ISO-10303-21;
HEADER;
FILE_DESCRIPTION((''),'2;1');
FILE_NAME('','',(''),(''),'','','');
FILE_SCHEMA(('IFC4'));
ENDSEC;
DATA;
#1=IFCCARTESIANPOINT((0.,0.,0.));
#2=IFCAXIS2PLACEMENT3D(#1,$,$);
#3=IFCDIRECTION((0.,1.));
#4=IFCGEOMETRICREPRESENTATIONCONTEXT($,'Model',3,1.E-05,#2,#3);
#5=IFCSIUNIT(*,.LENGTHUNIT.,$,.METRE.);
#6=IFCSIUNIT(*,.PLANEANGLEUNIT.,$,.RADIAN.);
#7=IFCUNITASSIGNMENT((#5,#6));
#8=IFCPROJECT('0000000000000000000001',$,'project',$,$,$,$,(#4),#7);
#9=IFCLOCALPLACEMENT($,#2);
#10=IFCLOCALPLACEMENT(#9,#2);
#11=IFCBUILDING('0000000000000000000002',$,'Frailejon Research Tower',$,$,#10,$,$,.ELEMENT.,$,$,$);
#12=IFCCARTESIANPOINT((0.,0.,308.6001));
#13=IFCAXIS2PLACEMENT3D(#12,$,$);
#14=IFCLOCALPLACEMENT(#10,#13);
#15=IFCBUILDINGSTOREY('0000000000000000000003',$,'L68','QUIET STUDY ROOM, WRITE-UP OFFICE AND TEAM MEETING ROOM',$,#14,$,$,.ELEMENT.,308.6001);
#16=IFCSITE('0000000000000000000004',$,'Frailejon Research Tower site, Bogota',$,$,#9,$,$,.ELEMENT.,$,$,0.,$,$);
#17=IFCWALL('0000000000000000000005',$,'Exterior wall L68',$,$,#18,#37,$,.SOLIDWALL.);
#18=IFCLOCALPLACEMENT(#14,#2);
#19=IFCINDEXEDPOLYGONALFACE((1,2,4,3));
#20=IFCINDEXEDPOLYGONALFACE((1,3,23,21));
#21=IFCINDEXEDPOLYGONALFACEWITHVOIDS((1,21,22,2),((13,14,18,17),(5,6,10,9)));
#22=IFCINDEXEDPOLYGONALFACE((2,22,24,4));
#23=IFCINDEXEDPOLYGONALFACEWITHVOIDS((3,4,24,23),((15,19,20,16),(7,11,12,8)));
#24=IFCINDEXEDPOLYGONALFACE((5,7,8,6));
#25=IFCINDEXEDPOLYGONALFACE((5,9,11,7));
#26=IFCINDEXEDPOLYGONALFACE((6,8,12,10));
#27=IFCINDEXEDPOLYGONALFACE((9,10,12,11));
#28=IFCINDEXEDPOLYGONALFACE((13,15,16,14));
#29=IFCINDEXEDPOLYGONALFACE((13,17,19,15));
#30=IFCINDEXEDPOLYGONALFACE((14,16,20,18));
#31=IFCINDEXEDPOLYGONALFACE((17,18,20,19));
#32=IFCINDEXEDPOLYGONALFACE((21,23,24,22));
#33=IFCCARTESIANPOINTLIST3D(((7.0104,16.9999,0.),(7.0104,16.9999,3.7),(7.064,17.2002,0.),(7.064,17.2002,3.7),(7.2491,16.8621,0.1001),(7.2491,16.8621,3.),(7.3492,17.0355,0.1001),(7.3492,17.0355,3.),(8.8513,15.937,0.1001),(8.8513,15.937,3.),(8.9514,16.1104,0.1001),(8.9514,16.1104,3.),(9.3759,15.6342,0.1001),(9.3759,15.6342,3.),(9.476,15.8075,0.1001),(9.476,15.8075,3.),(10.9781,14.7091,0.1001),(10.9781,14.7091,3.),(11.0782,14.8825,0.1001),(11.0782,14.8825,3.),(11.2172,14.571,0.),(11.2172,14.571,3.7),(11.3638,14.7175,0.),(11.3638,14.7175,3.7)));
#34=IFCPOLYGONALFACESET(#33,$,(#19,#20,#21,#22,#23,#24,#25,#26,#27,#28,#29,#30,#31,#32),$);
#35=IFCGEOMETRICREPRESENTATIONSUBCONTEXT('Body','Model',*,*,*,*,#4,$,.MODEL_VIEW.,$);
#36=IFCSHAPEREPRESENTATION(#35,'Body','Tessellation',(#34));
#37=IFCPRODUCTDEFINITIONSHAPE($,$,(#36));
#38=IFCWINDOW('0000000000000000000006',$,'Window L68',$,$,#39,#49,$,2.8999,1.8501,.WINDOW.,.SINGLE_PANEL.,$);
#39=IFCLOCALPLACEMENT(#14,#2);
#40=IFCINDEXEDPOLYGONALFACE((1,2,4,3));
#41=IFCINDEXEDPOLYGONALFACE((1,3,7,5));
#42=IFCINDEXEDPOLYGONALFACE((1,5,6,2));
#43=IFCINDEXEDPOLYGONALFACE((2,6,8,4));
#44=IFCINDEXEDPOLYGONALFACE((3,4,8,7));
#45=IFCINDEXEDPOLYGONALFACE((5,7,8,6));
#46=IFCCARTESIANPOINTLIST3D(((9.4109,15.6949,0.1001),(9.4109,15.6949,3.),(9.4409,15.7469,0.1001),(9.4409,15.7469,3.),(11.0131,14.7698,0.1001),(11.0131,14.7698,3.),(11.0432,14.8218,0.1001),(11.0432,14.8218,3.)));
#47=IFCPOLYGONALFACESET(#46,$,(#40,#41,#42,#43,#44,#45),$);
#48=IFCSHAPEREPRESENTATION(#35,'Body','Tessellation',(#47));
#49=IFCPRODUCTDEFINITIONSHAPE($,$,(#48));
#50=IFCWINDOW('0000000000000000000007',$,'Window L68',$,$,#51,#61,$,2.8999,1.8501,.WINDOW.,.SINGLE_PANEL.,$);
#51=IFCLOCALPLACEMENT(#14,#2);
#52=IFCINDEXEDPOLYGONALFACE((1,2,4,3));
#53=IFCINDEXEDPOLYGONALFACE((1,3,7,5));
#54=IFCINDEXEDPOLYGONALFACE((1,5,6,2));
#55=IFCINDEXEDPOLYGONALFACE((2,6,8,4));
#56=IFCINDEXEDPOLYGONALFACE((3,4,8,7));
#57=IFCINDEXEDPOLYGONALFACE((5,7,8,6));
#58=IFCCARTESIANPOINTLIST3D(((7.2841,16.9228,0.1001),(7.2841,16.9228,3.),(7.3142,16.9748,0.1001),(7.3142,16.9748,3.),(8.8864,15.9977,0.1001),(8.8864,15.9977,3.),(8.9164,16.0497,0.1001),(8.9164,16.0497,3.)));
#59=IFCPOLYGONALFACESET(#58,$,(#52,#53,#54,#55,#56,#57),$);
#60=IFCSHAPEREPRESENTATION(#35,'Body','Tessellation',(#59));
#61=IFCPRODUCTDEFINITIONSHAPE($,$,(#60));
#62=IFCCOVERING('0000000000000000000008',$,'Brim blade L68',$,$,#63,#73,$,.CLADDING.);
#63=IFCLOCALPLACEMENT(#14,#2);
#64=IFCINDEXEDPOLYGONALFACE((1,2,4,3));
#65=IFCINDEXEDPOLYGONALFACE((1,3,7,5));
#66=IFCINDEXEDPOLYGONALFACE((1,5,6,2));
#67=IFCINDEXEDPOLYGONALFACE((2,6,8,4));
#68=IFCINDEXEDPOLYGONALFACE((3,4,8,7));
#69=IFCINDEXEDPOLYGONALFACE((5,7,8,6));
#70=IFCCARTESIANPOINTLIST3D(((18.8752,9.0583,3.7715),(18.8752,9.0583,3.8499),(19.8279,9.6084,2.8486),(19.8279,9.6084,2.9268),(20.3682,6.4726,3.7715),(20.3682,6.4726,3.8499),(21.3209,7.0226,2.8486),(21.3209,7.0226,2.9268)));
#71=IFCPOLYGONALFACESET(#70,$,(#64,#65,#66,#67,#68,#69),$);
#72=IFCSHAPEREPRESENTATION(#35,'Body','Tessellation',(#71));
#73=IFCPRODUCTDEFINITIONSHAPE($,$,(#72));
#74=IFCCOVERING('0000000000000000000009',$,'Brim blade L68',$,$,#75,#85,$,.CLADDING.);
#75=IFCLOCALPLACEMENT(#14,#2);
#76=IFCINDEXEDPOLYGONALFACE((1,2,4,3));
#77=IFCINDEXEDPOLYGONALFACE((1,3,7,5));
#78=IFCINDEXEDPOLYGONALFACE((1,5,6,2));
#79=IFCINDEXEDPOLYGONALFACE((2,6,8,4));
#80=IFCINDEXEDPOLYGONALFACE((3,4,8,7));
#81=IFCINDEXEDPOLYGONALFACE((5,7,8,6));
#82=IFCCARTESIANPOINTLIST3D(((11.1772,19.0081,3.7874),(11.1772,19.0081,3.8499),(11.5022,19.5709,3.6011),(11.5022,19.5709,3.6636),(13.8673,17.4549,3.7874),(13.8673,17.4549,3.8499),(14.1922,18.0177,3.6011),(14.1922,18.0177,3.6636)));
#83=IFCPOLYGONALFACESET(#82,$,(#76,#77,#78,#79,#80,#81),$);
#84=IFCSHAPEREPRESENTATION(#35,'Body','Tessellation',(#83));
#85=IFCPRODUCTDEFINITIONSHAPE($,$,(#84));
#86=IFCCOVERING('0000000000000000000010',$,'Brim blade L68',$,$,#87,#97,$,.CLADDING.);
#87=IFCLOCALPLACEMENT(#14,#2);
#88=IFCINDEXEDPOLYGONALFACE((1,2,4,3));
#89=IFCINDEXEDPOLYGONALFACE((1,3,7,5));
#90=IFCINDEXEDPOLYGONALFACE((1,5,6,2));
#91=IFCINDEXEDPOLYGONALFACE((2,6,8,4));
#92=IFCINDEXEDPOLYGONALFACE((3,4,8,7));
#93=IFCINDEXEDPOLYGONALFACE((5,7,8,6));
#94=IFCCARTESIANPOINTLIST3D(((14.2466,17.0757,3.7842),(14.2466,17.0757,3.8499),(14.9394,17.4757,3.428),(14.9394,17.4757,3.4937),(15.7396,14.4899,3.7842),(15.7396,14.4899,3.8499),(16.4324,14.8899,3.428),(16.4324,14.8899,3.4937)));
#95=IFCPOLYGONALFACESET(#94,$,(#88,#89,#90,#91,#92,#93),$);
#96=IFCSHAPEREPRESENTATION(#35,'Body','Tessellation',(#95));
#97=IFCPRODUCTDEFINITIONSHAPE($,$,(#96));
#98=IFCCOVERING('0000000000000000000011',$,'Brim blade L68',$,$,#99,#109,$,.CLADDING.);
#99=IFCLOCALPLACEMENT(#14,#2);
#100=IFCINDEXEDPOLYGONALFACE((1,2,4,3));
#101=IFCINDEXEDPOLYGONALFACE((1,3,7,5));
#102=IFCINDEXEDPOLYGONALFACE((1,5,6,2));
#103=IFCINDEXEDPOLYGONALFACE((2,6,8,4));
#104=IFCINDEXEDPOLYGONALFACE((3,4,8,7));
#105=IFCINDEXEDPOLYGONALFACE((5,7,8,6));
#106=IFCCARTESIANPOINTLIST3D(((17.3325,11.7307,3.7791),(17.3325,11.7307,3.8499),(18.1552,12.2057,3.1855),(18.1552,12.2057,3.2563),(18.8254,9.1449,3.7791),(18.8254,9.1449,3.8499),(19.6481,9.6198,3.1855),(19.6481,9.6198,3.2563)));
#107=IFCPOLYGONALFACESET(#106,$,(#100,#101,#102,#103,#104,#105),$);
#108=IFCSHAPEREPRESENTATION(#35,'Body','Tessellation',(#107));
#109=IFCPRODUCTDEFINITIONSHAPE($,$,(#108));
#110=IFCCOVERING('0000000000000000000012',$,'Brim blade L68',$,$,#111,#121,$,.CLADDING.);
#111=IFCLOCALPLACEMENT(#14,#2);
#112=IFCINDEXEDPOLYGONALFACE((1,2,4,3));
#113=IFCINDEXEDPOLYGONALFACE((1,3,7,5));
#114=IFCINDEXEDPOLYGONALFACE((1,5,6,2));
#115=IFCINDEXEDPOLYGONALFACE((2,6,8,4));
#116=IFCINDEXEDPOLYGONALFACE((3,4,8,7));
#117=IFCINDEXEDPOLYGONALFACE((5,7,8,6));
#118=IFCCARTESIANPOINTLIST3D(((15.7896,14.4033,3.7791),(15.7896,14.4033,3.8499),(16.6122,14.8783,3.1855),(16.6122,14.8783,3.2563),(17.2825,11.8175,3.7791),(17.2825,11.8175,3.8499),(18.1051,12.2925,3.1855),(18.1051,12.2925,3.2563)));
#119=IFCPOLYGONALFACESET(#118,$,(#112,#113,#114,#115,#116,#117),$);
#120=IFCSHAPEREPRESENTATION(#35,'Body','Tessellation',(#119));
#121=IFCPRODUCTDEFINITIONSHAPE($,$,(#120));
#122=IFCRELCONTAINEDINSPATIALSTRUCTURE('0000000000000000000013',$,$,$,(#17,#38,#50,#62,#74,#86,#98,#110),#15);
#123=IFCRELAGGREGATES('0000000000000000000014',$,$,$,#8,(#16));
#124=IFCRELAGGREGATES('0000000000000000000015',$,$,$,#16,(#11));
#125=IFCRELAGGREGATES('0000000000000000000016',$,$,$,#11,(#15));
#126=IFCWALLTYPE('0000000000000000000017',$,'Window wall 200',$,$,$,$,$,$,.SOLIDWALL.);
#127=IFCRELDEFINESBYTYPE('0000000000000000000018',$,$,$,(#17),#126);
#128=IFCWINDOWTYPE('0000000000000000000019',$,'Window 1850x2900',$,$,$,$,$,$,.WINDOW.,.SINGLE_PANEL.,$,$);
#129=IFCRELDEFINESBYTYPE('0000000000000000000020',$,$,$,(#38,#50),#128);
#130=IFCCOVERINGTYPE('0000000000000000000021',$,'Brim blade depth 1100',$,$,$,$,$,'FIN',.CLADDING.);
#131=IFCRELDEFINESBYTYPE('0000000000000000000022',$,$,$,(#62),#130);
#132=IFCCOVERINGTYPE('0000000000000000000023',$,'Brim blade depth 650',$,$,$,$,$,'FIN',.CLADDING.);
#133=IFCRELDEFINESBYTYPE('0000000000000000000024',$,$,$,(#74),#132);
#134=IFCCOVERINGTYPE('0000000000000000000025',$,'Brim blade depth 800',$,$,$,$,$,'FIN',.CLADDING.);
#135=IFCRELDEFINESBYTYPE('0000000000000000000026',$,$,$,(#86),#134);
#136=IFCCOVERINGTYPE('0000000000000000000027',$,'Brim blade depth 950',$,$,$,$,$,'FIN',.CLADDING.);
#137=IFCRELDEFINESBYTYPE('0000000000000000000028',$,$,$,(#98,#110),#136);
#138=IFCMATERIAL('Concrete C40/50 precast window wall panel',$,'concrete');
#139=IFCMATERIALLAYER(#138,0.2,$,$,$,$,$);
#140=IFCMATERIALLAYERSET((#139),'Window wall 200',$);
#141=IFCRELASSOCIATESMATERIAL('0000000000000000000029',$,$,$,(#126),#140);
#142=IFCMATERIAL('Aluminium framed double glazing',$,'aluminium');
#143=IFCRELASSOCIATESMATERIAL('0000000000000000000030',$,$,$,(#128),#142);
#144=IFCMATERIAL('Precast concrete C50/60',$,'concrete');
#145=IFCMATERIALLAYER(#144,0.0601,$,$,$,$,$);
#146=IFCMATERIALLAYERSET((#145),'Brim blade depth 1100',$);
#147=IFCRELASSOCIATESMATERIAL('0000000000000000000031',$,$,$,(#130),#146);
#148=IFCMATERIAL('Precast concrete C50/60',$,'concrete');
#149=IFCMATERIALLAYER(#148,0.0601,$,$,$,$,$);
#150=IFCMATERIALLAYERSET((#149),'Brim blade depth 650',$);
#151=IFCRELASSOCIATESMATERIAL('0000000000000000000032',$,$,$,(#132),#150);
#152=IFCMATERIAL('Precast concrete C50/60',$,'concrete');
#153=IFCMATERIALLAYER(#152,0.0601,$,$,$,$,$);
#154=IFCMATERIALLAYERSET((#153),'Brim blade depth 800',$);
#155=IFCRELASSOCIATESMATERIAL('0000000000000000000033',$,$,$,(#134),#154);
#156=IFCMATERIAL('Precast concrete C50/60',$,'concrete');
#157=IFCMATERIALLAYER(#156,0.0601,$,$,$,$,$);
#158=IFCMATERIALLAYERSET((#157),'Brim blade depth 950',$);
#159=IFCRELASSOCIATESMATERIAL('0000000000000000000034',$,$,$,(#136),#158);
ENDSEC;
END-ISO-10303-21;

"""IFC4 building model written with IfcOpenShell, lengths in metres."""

from ifc_helpers import new_model, si_unit, direction, frame, frame_2d, origin, place, context, subcontext, project, spatial, polyline, rectangle, outline, extrude, material, layer, layer_set, type_object, element, fill, save


model = new_model("IFC4")

# Units and contexts
model_context = context("Model", 3, precision=1e-05, world=origin(), true_north=direction((0.0, 1.0)))
body_context = subcontext(model_context, "Body", "Model", "MODEL_VIEW")
ifc_project = project(units=[si_unit("LENGTHUNIT", "METRE"), si_unit("PLANEANGLEUNIT", "RADIAN")], contexts=[model_context])

# Site, building, storey
site_placement = place(None, origin())
site = spatial("IfcSite", under=ifc_project, at=site_placement, Name="Frailejon Research Tower site, Bogota", CompositionType="ELEMENT", RefElevation=0.0)
building_placement = place(site_placement, origin())
building = spatial("IfcBuilding", under=site, at=building_placement, Name="Frailejon Research Tower", CompositionType="ELEMENT")
storey_placement = place(building_placement, frame((0.0, 0.0, 308.6001)))
storey = spatial("IfcBuildingStorey", under=building, at=storey_placement, Name="L68", Description="QUIET STUDY ROOM, WRITE-UP OFFICE AND TEAM MEETING ROOM", CompositionType="ELEMENT", Elevation=308.6001)

# Wall, openings, windows
ifc_material_1 = material(Name="Concrete C40/50 precast window wall panel", Category="concrete")
ifc_layer_1 = layer(ifc_material_1, 0.2)
ifc_layer_set_1 = layer_set([ifc_layer_1], Name="Window wall 200")
wall_type = type_object("IfcWallType", Name="Window wall 200", PredefinedType="SOLIDWALL", material=ifc_layer_set_1)
wall_placement = place(storey_placement, frame((11.2905, 14.6443, 0.0), z_axis=(0.0, 0.0, 1.0), x_axis=(-0.866017, 0.500015, 0.0)))
wall = element("IfcWall", 1, at=wall_placement, inside=storey, type_object=wall_type, Name="Exterior wall L68", PredefinedType="SOLIDWALL", context=body_context, shape_type="SweptSolid", body=[
    extrude(outline(polyline([(-0.0269, -0.1001), (1.2144, -0.1001), (2.4556, -0.1001), (3.697, -0.1001), (4.9382, -0.1001), (4.8845, 0.1001), (3.6702, 0.1001), (2.4556, 0.1001), (1.2412, 0.1001), (0.0269, 0.1001), (-0.0269, -0.1001)])), origin(), (0.0, 0.0, 1.0), 3.7),
])
opening_1_placement = place(wall_placement, frame((0.303, 0.0, 0.1001)))
opening_1 = element("IfcOpeningElement", 2, at=opening_1_placement, cuts=wall, PredefinedType="OPENING", context=body_context, shape_type="SweptSolid", body=[
    extrude(rectangle(XDim=1.8501, YDim=2.8999, at=frame_2d((0.925, 1.45))), frame((0.0, 0.1099, 0.0), z_axis=(0.0, -1.0, 0.0), x_axis=(1.0, 0.0, 0.0)), (0.0, 0.0, 1.0), 0.22),
])
opening_2_placement = place(wall_placement, frame((2.7588, 0.0, 0.1001)))
opening_2 = element("IfcOpeningElement", 3, at=opening_2_placement, cuts=wall, PredefinedType="OPENING", context=body_context, shape_type="SweptSolid", body=[
    extrude(rectangle(XDim=1.8501, YDim=2.8999, at=frame_2d((0.925, 1.45))), frame((0.0, 0.1099, 0.0), z_axis=(0.0, -1.0, 0.0), x_axis=(1.0, 0.0, 0.0)), (0.0, 0.0, 1.0), 0.22),
])
ifc_material_2 = material(Name="Aluminium framed double glazing", Category="aluminium")
window_type = type_object("IfcWindowType", Name="Window 1850x2900", PartitioningType="SINGLE_PANEL", PredefinedType="WINDOW", material=ifc_material_2)
window_1_placement = place(opening_1_placement, origin())
window_1 = element("IfcWindow", 4, at=window_1_placement, inside=storey, type_object=window_type, Name="Window L68", OverallHeight=2.8999, OverallWidth=1.8501, PartitioningType="SINGLE_PANEL", PredefinedType="WINDOW", context=body_context, shape_type="SweptSolid", body=[
    extrude(rectangle(XDim=1.8501, YDim=2.8999, at=frame_2d((0.925, 1.45))), frame((0.0, 0.03, 0.0), z_axis=(0.0, -1.0, 0.0), x_axis=(1.0, 0.0, 0.0)), (0.0, 0.0, 1.0), 0.0601),
])
fill(opening_1, window_1)
window_2_placement = place(opening_2_placement, origin())
window_2 = element("IfcWindow", 5, at=window_2_placement, inside=storey, type_object=window_type, Name="Window L68", OverallHeight=2.8999, OverallWidth=1.8501, PartitioningType="SINGLE_PANEL", PredefinedType="WINDOW", context=body_context, shape_type="SweptSolid", body=[
    extrude(rectangle(XDim=1.8501, YDim=2.8999, at=frame_2d((0.925, 1.45))), frame((0.0, 0.03, 0.0), z_axis=(0.0, -1.0, 0.0), x_axis=(1.0, 0.0, 0.0)), (0.0, 0.0, 1.0), 0.0601),
])
fill(opening_2, window_2)

# Coverings
ifc_material_3 = material(Name="Precast concrete C50/60", Category="concrete")
ifc_layer_2 = layer(ifc_material_3, 0.0601)
ifc_layer_set_2 = layer_set([ifc_layer_2], Name="Brim blade depth 1100")
covering_type_1 = type_object("IfcCoveringType", Name="Brim blade depth 1100", ElementType="FIN", PredefinedType="CLADDING", material=ifc_layer_set_2)
covering_1_placement = place(storey_placement, frame((18.8752, 9.0583, 3.8499), z_axis=(0.500022, -0.866013, 0.0), x_axis=(0.866013, 0.500022, 0.0)))
element("IfcCovering", 6, at=covering_1_placement, inside=storey, type_object=covering_type_1, Name="Brim blade L68", PredefinedType="CLADDING", context=body_context, shape_type="SweptSolid", body=[
    extrude(outline(polyline([(0.0, -0.0784), (1.1001, -1.0012), (1.1001, -0.9231), (0.0, 0.0), (0.0, -0.0784)])), origin(), (0.0, 0.0, 1.0), 2.9858),
])
ifc_material_4 = material(Name="Precast concrete C50/60", Category="concrete")
ifc_layer_3 = layer(ifc_material_4, 0.0601)
ifc_layer_set_3 = layer_set([ifc_layer_3], Name="Brim blade depth 650")
covering_type_2 = type_object("IfcCoveringType", Name="Brim blade depth 650", ElementType="FIN", PredefinedType="CLADDING", material=ifc_layer_set_3)
covering_2_placement = place(storey_placement, frame((11.1772, 19.0081, 3.8499), z_axis=(0.866014, -0.50002, 0.0), x_axis=(0.50002, 0.866014, 0.0)))
element("IfcCovering", 7, at=covering_2_placement, inside=storey, type_object=covering_type_2, Name="Brim blade L68", PredefinedType="CLADDING", context=body_context, shape_type="SweptSolid", body=[
    extrude(outline(polyline([(0.0, -0.0625), (0.6499, -0.2488), (0.6499, -0.1863), (0.0, 0.0), (0.0, -0.0625)])), origin(), (0.0, 0.0, 1.0), 3.1062),
])
ifc_material_5 = material(Name="Precast concrete C50/60", Category="concrete")
ifc_layer_4 = layer(ifc_material_5, 0.0601)
ifc_layer_set_4 = layer_set([ifc_layer_4], Name="Brim blade depth 800")
covering_type_3 = type_object("IfcCoveringType", Name="Brim blade depth 800", ElementType="FIN", PredefinedType="CLADDING", material=ifc_layer_set_4)
covering_3_placement = place(storey_placement, frame((14.2466, 17.0757, 3.8499), z_axis=(0.500022, -0.866013, 0.0), x_axis=(0.866013, 0.500022, 0.0)))
element("IfcCovering", 8, at=covering_3_placement, inside=storey, type_object=covering_type_3, Name="Brim blade L68", PredefinedType="CLADDING", context=body_context, shape_type="SweptSolid", body=[
    extrude(outline(polyline([(0.0, -0.0657), (0.8, -0.4219), (0.8, -0.3562), (0.0, 0.0), (0.0, -0.0657)])), origin(), (0.0, 0.0, 1.0), 2.9858),
])
ifc_material_6 = material(Name="Precast concrete C50/60", Category="concrete")
ifc_layer_5 = layer(ifc_material_6, 0.0601)
ifc_layer_set_5 = layer_set([ifc_layer_5], Name="Brim blade depth 950")
covering_type_4 = type_object("IfcCoveringType", Name="Brim blade depth 950", ElementType="FIN", PredefinedType="CLADDING", material=ifc_layer_set_5)
for number, where, z_axis, x_axis, name in (
    (9, (17.3325, 11.7307, 3.8499), (0.499983, -0.866035, 0.0), (0.866035, 0.499983, 0.0), "Brim blade L68"),
    (10, (15.7896, 14.4033, 3.8499), (0.499997, -0.866027, 0.0), (0.866027, 0.499997, 0.0), "Brim blade L68"),
):
    element("IfcCovering", number, at=place(storey_placement, frame(where, z_axis=z_axis, x_axis=x_axis)), inside=storey, type_object=covering_type_4, Name=name, PredefinedType="CLADDING", context=body_context, shape_type="SweptSolid", body=[
        extrude(outline(polyline([(0.0, -0.0708), (0.95, -0.6643), (0.95, -0.5935), (0.0, 0.0), (0.0, -0.0708)])), origin(), (0.0, 0.0, 1.0), 2.9858),
    ])

save(model, "model.ifc")
